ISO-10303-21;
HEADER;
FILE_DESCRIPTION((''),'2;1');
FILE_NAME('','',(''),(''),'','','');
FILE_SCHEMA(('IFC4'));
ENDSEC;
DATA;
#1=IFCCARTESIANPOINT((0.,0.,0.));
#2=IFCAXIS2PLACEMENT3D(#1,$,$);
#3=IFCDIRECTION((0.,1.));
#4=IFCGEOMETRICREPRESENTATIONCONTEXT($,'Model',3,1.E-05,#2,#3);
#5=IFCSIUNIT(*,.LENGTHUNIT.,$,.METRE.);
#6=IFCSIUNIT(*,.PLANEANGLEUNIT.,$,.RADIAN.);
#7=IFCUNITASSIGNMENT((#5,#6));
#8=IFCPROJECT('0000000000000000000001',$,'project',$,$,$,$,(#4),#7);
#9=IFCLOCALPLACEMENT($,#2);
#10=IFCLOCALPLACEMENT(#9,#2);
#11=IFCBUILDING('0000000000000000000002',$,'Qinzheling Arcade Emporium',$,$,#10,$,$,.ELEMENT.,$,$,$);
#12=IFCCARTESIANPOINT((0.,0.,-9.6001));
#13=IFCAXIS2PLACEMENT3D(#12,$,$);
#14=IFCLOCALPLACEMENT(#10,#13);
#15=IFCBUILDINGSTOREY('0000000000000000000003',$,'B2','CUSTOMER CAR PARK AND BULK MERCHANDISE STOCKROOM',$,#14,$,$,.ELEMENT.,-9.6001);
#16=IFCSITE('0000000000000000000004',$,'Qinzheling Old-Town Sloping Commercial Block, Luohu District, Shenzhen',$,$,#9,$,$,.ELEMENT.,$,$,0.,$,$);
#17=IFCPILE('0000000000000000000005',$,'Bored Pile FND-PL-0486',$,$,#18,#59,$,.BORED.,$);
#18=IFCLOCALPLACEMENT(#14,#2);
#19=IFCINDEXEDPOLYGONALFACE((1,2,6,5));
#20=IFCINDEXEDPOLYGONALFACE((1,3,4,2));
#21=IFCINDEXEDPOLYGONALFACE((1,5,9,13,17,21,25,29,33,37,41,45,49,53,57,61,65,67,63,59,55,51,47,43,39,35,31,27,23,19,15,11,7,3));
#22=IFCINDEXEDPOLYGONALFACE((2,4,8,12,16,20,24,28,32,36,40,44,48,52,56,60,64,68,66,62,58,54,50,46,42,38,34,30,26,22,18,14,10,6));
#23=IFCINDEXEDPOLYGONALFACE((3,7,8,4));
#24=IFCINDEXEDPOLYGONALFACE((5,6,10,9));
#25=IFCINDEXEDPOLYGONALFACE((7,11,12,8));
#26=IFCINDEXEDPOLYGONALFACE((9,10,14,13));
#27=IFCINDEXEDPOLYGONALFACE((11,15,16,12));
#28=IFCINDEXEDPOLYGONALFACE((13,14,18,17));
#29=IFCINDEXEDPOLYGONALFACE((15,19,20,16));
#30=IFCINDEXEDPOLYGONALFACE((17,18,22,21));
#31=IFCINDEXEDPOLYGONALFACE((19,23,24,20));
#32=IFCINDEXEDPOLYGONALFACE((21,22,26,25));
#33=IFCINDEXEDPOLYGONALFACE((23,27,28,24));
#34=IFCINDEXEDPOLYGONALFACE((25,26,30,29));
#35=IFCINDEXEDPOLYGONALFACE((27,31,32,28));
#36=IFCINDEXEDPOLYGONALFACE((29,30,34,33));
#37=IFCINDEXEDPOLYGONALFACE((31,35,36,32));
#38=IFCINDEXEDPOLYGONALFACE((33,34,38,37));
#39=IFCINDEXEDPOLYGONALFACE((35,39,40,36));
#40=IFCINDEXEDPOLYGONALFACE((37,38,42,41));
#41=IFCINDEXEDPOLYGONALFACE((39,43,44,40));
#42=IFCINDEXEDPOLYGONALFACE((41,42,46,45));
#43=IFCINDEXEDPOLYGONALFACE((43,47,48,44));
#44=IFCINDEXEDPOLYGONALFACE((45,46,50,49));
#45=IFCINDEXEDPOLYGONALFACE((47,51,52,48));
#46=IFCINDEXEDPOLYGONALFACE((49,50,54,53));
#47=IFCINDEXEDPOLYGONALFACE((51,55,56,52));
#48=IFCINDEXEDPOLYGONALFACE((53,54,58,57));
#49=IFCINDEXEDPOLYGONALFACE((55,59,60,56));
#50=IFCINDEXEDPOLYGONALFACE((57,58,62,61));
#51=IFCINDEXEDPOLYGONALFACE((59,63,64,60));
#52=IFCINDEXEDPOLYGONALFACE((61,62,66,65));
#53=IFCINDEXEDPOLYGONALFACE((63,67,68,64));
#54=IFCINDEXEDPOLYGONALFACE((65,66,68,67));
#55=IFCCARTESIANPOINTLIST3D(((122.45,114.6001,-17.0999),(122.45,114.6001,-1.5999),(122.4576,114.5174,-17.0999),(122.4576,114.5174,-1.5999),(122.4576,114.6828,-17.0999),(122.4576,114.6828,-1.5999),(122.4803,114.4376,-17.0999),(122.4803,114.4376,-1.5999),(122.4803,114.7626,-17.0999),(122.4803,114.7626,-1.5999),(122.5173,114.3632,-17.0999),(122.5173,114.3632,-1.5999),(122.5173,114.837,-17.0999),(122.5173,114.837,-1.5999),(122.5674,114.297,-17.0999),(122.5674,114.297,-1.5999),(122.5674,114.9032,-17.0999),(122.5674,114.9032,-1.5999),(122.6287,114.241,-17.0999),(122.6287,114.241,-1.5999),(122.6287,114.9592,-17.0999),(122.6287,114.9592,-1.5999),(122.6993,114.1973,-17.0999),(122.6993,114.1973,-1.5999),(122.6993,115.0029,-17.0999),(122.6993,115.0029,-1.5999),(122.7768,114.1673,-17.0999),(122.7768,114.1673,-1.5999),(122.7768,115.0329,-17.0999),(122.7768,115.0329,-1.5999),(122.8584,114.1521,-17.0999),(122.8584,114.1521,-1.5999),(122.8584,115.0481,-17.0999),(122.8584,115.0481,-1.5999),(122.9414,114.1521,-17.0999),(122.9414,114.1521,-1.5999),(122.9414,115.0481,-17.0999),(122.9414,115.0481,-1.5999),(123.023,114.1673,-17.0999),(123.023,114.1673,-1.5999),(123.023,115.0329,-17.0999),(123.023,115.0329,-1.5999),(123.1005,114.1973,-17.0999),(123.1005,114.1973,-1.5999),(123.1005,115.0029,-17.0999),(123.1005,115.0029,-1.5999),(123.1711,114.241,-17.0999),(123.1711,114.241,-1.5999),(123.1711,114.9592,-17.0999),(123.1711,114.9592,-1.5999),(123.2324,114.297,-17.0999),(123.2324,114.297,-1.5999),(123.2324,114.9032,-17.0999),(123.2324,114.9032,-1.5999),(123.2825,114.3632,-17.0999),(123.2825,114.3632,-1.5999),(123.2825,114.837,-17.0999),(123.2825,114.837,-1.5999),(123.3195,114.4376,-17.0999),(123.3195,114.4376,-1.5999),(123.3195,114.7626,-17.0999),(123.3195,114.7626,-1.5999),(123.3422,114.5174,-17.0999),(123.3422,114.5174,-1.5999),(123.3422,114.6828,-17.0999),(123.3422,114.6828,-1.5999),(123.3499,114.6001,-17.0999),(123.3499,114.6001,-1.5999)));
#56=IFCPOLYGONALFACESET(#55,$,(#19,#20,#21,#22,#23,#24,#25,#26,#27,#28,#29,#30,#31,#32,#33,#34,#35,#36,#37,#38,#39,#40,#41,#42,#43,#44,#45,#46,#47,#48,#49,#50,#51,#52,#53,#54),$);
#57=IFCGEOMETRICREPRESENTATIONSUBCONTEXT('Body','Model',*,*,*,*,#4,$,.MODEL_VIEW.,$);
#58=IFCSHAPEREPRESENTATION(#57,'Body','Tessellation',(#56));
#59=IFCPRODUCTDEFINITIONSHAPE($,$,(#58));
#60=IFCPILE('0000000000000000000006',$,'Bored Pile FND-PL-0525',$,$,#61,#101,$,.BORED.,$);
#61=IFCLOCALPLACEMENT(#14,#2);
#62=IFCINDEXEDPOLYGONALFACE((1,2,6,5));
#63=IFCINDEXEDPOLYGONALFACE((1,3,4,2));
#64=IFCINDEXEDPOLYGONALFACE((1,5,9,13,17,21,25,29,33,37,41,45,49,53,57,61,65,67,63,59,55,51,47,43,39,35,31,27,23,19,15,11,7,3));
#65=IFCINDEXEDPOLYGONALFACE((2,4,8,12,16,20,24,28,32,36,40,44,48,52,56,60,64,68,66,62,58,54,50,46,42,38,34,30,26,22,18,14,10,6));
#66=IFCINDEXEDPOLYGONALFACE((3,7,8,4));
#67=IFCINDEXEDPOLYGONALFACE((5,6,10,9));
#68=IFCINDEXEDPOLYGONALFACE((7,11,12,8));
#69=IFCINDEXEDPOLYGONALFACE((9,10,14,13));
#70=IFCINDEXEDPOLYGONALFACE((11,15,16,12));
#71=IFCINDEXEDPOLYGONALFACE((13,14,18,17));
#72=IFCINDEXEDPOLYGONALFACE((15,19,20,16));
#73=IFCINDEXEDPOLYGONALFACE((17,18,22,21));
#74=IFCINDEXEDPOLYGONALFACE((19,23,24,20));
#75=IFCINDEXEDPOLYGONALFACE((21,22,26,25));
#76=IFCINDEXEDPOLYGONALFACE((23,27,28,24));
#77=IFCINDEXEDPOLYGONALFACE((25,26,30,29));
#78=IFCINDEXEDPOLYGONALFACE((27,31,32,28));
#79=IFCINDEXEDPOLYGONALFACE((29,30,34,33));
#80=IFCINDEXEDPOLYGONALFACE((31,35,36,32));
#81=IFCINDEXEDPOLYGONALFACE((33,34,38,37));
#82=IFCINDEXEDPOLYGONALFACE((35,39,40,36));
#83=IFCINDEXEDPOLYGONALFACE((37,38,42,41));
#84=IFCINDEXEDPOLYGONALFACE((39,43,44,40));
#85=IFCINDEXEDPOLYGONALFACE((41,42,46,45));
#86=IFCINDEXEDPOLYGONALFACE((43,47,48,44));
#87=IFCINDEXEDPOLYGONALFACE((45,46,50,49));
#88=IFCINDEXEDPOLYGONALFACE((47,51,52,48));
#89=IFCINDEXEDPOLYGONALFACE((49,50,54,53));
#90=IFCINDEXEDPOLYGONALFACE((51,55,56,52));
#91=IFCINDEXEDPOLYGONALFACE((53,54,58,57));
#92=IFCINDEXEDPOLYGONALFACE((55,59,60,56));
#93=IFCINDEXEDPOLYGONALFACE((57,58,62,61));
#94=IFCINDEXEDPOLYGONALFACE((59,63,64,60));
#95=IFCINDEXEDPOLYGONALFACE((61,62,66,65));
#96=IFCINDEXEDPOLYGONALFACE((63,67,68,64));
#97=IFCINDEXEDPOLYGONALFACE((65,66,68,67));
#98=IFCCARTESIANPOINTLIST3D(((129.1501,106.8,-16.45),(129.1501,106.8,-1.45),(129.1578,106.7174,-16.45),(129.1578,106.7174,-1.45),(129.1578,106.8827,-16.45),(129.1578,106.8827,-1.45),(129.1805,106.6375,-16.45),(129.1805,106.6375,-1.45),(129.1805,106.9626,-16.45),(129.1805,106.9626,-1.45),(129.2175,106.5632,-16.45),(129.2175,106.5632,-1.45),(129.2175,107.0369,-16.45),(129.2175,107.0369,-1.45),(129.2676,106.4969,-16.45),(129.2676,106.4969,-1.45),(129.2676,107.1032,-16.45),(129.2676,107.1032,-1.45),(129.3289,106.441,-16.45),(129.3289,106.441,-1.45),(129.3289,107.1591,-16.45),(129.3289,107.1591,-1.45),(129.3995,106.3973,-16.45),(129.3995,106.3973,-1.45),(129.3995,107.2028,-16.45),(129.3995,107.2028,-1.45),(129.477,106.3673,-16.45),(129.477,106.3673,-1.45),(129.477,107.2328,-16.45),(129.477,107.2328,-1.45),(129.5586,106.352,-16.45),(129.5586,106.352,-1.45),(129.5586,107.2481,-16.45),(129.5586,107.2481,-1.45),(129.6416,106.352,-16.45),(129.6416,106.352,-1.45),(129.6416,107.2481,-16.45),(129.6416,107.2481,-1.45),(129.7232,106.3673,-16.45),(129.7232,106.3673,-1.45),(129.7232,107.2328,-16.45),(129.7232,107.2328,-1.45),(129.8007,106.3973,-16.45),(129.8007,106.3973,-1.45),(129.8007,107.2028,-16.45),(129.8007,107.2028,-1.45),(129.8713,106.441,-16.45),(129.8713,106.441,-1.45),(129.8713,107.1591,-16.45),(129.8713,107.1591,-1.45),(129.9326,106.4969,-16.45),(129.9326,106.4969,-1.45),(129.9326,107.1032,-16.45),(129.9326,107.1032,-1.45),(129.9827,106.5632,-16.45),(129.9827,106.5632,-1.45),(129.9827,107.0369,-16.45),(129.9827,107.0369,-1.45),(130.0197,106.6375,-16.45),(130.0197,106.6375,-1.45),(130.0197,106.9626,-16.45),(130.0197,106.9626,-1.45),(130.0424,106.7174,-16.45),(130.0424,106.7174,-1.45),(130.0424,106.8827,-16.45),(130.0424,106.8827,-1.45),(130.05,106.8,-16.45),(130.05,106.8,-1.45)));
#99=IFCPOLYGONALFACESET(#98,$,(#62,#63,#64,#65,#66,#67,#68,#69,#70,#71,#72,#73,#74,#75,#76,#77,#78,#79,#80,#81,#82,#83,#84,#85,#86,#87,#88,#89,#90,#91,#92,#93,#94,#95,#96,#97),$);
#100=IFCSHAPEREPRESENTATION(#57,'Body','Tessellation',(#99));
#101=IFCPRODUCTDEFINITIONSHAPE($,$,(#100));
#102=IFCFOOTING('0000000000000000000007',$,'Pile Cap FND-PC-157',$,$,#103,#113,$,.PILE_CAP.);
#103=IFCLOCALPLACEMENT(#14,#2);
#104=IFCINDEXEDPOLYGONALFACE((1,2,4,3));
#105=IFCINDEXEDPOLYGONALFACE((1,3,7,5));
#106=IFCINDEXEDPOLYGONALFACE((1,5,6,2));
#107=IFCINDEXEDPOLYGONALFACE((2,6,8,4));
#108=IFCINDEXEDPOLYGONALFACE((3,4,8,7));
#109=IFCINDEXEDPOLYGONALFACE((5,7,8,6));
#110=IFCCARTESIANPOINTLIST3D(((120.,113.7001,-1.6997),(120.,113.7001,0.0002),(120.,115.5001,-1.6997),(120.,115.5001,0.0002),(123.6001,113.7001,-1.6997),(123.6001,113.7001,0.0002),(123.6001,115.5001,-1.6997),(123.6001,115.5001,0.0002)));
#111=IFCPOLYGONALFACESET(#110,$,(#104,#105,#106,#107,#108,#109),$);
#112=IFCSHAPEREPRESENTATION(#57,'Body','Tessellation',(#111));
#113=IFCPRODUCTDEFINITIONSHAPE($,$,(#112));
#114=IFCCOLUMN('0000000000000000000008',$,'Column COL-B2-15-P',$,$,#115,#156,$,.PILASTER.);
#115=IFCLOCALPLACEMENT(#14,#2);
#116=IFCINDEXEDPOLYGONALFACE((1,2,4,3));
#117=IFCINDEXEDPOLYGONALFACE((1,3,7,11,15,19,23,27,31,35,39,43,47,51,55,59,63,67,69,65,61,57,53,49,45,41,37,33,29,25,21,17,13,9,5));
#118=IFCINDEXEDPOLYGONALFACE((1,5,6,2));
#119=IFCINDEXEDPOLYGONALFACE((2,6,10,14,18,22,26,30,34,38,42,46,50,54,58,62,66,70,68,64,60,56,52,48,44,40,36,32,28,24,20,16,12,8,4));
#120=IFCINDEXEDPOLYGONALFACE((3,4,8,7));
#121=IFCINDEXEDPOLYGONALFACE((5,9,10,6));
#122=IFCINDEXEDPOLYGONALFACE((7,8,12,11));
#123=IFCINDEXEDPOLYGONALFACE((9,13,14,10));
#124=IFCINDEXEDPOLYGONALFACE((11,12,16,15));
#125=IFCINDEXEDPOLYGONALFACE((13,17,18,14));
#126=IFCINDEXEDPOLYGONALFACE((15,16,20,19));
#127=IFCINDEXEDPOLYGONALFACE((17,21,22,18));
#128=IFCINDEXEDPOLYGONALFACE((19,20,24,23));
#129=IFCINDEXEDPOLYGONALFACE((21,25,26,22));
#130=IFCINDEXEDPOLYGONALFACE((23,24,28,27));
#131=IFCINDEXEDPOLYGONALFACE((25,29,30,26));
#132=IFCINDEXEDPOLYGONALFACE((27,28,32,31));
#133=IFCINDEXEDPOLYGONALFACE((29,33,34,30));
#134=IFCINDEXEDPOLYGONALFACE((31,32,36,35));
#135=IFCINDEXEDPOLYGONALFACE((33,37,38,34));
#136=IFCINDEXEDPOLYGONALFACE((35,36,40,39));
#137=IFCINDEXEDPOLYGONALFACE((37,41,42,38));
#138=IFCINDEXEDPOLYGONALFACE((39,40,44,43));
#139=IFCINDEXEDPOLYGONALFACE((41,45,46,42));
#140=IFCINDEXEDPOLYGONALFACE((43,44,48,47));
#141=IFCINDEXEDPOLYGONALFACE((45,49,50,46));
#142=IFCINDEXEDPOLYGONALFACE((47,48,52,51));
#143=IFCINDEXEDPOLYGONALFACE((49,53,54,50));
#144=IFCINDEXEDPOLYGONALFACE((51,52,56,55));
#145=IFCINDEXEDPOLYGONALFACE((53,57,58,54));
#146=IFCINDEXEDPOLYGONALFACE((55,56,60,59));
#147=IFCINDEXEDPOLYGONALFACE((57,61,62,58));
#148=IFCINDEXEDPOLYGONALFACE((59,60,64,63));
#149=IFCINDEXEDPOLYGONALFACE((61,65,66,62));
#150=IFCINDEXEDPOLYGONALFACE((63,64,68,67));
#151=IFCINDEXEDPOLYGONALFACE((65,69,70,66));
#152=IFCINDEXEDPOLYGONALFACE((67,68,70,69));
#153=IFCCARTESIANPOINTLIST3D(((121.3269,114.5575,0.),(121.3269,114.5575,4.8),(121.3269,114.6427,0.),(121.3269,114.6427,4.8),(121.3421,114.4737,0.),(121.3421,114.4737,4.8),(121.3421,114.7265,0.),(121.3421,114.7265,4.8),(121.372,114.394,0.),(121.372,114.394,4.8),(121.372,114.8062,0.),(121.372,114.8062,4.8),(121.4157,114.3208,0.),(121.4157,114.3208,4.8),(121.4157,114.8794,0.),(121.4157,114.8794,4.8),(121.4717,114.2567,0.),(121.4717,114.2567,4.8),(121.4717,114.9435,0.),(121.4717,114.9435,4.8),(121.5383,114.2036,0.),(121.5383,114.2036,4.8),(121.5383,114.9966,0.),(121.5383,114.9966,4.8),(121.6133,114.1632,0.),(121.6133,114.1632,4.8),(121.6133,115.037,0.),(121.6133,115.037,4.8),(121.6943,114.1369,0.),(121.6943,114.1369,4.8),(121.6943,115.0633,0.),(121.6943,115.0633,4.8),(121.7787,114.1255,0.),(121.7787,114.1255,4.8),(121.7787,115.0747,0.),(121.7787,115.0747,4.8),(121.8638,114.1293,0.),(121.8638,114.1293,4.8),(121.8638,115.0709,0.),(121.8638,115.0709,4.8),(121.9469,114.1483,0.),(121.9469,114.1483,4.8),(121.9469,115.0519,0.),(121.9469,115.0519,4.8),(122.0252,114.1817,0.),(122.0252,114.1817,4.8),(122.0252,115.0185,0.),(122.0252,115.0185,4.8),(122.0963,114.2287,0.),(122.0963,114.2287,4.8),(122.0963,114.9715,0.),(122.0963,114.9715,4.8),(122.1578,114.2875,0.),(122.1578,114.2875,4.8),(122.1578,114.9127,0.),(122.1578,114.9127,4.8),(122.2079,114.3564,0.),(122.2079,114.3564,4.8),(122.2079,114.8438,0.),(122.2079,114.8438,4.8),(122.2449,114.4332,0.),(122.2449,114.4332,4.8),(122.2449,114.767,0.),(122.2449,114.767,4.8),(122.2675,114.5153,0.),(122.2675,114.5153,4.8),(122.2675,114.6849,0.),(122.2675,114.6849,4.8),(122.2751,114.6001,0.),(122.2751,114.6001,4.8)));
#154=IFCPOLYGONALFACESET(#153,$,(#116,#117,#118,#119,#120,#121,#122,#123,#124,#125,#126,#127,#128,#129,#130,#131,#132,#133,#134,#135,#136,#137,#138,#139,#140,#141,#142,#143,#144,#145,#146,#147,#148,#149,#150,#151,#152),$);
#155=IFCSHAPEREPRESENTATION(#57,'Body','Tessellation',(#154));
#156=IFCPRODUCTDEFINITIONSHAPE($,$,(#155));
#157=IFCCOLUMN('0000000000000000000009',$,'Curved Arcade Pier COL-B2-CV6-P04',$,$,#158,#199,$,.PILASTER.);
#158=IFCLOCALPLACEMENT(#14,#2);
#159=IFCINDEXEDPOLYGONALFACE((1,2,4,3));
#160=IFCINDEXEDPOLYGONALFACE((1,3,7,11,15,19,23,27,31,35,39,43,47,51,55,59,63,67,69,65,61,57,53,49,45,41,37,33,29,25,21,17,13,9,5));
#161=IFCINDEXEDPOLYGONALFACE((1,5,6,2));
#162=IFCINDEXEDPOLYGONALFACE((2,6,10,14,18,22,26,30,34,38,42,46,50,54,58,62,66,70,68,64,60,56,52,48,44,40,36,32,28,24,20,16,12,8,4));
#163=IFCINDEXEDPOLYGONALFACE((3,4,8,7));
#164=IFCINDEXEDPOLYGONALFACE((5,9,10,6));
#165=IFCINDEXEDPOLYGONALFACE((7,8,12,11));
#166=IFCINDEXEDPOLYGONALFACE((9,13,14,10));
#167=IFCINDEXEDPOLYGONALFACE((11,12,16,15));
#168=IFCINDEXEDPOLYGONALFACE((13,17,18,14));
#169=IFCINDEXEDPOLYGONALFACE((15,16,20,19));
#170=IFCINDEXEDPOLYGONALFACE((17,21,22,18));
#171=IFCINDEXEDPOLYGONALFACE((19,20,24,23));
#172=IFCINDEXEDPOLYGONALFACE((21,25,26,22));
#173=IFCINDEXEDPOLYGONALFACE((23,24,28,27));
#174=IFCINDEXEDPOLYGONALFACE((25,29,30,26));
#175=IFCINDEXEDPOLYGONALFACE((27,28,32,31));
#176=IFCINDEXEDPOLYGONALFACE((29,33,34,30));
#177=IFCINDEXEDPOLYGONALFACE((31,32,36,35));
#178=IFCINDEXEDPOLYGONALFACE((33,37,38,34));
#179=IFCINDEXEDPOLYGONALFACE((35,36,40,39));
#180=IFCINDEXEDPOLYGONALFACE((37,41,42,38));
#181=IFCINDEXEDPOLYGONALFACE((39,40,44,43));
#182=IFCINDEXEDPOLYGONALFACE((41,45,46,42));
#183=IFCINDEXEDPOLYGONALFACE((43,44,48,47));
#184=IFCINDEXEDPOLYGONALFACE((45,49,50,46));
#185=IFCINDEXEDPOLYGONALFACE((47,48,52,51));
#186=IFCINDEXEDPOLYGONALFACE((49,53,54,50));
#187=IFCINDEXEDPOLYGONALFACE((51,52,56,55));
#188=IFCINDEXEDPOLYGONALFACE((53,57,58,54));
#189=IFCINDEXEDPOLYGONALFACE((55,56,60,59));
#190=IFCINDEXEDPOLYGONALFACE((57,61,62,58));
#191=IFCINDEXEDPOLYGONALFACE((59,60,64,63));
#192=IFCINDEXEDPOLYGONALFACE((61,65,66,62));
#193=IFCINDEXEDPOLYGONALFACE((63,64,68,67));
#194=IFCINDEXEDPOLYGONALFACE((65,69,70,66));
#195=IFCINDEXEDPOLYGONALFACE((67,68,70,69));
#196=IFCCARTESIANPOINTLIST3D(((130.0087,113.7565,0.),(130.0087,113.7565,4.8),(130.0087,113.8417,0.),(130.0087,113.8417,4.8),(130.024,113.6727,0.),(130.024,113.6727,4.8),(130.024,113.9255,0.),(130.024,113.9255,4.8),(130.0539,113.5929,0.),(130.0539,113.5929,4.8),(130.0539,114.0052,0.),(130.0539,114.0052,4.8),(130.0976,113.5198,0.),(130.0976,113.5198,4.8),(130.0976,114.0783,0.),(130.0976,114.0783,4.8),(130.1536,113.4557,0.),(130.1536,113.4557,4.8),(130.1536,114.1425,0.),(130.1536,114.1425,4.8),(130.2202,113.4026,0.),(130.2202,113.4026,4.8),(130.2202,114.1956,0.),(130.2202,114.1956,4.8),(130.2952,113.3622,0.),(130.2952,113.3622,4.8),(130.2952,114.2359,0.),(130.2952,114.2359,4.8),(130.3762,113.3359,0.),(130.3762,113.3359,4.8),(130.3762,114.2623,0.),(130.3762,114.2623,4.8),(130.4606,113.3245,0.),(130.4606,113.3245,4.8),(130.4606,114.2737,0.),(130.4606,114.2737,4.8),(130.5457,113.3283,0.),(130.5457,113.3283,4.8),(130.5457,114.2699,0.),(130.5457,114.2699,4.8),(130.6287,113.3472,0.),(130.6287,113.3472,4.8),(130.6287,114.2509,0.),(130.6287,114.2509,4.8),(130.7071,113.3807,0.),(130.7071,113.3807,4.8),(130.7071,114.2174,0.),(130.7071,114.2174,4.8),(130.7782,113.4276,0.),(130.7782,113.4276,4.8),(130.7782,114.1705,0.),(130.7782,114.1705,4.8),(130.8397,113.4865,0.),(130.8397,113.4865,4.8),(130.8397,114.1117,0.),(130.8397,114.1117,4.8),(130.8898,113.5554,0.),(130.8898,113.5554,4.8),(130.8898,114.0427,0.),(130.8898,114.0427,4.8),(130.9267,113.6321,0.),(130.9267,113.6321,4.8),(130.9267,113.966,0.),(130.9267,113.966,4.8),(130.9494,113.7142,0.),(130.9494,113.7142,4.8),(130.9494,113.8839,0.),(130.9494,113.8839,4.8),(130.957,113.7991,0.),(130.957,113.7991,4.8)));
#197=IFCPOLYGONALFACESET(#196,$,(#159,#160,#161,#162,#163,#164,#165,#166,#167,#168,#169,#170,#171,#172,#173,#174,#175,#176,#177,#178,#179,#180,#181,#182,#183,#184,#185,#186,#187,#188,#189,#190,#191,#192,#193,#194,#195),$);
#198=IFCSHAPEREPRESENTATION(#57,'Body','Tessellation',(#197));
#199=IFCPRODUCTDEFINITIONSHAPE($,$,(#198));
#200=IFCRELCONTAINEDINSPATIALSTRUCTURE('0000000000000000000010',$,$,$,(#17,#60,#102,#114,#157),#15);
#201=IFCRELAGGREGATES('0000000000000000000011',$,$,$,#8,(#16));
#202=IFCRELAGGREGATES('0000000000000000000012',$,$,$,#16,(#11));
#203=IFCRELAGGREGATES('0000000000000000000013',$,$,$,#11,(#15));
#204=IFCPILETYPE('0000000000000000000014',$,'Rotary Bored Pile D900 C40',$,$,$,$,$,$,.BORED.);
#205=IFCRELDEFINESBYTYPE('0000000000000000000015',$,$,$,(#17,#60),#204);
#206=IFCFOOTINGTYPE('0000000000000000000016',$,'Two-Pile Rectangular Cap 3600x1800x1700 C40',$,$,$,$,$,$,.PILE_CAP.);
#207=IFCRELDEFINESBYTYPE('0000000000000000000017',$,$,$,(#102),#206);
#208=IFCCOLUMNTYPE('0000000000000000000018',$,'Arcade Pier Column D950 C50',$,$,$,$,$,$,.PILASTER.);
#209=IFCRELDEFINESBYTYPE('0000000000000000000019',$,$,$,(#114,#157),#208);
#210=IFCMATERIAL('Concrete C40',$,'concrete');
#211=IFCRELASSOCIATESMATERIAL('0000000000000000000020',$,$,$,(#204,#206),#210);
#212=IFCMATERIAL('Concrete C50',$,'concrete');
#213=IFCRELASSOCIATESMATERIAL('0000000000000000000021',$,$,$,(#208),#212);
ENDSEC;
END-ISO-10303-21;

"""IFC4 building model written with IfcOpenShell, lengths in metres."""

from ifc_helpers import new_model, si_unit, direction, frame, origin, origin_2d, place, context, subcontext, project, spatial, rectangle, circle, extrude, material, material_profile, profile_set, type_object, element, save


model = new_model("IFC4")

# Units and contexts
model_context = context("Model", 3, precision=1e-05, world=origin(), true_north=direction((0.0, 1.0)))
body_context = subcontext(model_context, "Body", "Model", "MODEL_VIEW")
ifc_project = project(units=[si_unit("LENGTHUNIT", "METRE"), si_unit("PLANEANGLEUNIT", "RADIAN")], contexts=[model_context])

# Site, building, storey
site_placement = place(None, origin())
site = spatial("IfcSite", under=ifc_project, at=site_placement, Name="Qinzheling Old-Town Sloping Commercial Block, Luohu District, Shenzhen", CompositionType="ELEMENT", RefElevation=0.0)
building_placement = place(site_placement, origin())
building = spatial("IfcBuilding", under=site, at=building_placement, Name="Qinzheling Arcade Emporium", CompositionType="ELEMENT")
storey_placement = place(building_placement, frame((0.0, 0.0, -9.6001)))
storey = spatial("IfcBuildingStorey", under=building, at=storey_placement, Name="B2", Description="CUSTOMER CAR PARK AND BULK MERCHANDISE STOCKROOM", CompositionType="ELEMENT", Elevation=-9.6001)

# Shared definitions
ifc_material_1 = material(Name="Concrete C40", Category="concrete")

# Piles
ifc_material_profile_1 = material_profile(ifc_material_1, circle(Radius=0.45, at=origin_2d()), Name="BORED D900", Category="concrete")
ifc_profile_set_1 = profile_set([ifc_material_profile_1], Name="Concrete C40")
pile_type_1 = type_object("IfcPileType", Name="Rotary Bored Pile D900 C40", PredefinedType="BORED", material=ifc_profile_set_1)
for number, where, z_axis, x_axis, name in (
    (1, (122.8999, 114.6001, -1.5999), (0.0, 0.0, -1.0), (1.0, 0.0, 0.0), "Bored Pile FND-PL-0486"),
):
    element("IfcPile", number, at=place(storey_placement, frame(where, z_axis=z_axis, x_axis=x_axis)), inside=storey, type_object=pile_type_1, Name=name, PredefinedType="BORED", context=body_context, shape_type="SweptSolid", body=[
        extrude(circle(Radius=0.45, at=origin_2d()), origin(), (0.0, 0.0, 1.0), 15.5),
    ])
pile_1_placement = place(storey_placement, frame((129.6001, 106.8, -1.45), z_axis=(0.0, 0.0, -1.0), x_axis=(1.0, 0.0, 0.0)))
element("IfcPile", 2, at=pile_1_placement, inside=storey, type_object=pile_type_1, Name="Bored Pile FND-PL-0525", PredefinedType="BORED", context=body_context, shape_type="SweptSolid", body=[
    extrude(circle(Radius=0.45, at=origin_2d()), origin(), (0.0, 0.0, 1.0), 15.0),
])

# Footing
footing_type_1 = type_object("IfcFootingType", Name="Two-Pile Rectangular Cap 3600x1800x1700 C40", PredefinedType="PILE_CAP", material=ifc_material_1)
footing_1_placement = place(storey_placement, frame((121.8, 114.6001, -1.6997), z_axis=(0.0, 0.0, 1.0), x_axis=(1.0, 0.0, 0.0)))
element("IfcFooting", 3, at=footing_1_placement, inside=storey, type_object=footing_type_1, Name="Pile Cap FND-PC-157", PredefinedType="PILE_CAP", context=body_context, shape_type="SweptSolid", body=[
    extrude(rectangle(XDim=3.6001, YDim=1.8, at=origin_2d()), origin(), (0.0, 0.0, 1.0), 1.7),
])

# Columns
ifc_material_2 = material(Name="Concrete C50", Category="concrete")
ifc_material_profile_2 = material_profile(ifc_material_2, circle(Radius=0.4751, at=origin_2d()), Name="RC D950", Category="concrete")
ifc_profile_set_2 = profile_set([ifc_material_profile_2], Name="Concrete C50")
column_type_1 = type_object("IfcColumnType", Name="Arcade Pier Column D950 C50", PredefinedType="PILASTER", material=ifc_profile_set_2)
for number, where, z_axis, x_axis, name in (
    (4, (121.8, 114.6001, 0.0), (0.0, 0.0, 1.0), (1.0, 0.0, 0.0), "Column COL-B2-15-P"),
    (5, (130.4819, 113.7991, 0.0), (0.0, 0.0, 1.0), (1.0, 0.0, 0.0), "Curved Arcade Pier COL-B2-CV6-P04"),
):
    element("IfcColumn", number, at=place(storey_placement, frame(where, z_axis=z_axis, x_axis=x_axis)), inside=storey, type_object=column_type_1, Name=name, PredefinedType="PILASTER", context=body_context, shape_type="SweptSolid", body=[
        extrude(circle(Radius=0.4751, at=origin_2d()), origin(), (0.0, 0.0, 1.0), 4.8),
    ])

save(model, "model.ifc")
